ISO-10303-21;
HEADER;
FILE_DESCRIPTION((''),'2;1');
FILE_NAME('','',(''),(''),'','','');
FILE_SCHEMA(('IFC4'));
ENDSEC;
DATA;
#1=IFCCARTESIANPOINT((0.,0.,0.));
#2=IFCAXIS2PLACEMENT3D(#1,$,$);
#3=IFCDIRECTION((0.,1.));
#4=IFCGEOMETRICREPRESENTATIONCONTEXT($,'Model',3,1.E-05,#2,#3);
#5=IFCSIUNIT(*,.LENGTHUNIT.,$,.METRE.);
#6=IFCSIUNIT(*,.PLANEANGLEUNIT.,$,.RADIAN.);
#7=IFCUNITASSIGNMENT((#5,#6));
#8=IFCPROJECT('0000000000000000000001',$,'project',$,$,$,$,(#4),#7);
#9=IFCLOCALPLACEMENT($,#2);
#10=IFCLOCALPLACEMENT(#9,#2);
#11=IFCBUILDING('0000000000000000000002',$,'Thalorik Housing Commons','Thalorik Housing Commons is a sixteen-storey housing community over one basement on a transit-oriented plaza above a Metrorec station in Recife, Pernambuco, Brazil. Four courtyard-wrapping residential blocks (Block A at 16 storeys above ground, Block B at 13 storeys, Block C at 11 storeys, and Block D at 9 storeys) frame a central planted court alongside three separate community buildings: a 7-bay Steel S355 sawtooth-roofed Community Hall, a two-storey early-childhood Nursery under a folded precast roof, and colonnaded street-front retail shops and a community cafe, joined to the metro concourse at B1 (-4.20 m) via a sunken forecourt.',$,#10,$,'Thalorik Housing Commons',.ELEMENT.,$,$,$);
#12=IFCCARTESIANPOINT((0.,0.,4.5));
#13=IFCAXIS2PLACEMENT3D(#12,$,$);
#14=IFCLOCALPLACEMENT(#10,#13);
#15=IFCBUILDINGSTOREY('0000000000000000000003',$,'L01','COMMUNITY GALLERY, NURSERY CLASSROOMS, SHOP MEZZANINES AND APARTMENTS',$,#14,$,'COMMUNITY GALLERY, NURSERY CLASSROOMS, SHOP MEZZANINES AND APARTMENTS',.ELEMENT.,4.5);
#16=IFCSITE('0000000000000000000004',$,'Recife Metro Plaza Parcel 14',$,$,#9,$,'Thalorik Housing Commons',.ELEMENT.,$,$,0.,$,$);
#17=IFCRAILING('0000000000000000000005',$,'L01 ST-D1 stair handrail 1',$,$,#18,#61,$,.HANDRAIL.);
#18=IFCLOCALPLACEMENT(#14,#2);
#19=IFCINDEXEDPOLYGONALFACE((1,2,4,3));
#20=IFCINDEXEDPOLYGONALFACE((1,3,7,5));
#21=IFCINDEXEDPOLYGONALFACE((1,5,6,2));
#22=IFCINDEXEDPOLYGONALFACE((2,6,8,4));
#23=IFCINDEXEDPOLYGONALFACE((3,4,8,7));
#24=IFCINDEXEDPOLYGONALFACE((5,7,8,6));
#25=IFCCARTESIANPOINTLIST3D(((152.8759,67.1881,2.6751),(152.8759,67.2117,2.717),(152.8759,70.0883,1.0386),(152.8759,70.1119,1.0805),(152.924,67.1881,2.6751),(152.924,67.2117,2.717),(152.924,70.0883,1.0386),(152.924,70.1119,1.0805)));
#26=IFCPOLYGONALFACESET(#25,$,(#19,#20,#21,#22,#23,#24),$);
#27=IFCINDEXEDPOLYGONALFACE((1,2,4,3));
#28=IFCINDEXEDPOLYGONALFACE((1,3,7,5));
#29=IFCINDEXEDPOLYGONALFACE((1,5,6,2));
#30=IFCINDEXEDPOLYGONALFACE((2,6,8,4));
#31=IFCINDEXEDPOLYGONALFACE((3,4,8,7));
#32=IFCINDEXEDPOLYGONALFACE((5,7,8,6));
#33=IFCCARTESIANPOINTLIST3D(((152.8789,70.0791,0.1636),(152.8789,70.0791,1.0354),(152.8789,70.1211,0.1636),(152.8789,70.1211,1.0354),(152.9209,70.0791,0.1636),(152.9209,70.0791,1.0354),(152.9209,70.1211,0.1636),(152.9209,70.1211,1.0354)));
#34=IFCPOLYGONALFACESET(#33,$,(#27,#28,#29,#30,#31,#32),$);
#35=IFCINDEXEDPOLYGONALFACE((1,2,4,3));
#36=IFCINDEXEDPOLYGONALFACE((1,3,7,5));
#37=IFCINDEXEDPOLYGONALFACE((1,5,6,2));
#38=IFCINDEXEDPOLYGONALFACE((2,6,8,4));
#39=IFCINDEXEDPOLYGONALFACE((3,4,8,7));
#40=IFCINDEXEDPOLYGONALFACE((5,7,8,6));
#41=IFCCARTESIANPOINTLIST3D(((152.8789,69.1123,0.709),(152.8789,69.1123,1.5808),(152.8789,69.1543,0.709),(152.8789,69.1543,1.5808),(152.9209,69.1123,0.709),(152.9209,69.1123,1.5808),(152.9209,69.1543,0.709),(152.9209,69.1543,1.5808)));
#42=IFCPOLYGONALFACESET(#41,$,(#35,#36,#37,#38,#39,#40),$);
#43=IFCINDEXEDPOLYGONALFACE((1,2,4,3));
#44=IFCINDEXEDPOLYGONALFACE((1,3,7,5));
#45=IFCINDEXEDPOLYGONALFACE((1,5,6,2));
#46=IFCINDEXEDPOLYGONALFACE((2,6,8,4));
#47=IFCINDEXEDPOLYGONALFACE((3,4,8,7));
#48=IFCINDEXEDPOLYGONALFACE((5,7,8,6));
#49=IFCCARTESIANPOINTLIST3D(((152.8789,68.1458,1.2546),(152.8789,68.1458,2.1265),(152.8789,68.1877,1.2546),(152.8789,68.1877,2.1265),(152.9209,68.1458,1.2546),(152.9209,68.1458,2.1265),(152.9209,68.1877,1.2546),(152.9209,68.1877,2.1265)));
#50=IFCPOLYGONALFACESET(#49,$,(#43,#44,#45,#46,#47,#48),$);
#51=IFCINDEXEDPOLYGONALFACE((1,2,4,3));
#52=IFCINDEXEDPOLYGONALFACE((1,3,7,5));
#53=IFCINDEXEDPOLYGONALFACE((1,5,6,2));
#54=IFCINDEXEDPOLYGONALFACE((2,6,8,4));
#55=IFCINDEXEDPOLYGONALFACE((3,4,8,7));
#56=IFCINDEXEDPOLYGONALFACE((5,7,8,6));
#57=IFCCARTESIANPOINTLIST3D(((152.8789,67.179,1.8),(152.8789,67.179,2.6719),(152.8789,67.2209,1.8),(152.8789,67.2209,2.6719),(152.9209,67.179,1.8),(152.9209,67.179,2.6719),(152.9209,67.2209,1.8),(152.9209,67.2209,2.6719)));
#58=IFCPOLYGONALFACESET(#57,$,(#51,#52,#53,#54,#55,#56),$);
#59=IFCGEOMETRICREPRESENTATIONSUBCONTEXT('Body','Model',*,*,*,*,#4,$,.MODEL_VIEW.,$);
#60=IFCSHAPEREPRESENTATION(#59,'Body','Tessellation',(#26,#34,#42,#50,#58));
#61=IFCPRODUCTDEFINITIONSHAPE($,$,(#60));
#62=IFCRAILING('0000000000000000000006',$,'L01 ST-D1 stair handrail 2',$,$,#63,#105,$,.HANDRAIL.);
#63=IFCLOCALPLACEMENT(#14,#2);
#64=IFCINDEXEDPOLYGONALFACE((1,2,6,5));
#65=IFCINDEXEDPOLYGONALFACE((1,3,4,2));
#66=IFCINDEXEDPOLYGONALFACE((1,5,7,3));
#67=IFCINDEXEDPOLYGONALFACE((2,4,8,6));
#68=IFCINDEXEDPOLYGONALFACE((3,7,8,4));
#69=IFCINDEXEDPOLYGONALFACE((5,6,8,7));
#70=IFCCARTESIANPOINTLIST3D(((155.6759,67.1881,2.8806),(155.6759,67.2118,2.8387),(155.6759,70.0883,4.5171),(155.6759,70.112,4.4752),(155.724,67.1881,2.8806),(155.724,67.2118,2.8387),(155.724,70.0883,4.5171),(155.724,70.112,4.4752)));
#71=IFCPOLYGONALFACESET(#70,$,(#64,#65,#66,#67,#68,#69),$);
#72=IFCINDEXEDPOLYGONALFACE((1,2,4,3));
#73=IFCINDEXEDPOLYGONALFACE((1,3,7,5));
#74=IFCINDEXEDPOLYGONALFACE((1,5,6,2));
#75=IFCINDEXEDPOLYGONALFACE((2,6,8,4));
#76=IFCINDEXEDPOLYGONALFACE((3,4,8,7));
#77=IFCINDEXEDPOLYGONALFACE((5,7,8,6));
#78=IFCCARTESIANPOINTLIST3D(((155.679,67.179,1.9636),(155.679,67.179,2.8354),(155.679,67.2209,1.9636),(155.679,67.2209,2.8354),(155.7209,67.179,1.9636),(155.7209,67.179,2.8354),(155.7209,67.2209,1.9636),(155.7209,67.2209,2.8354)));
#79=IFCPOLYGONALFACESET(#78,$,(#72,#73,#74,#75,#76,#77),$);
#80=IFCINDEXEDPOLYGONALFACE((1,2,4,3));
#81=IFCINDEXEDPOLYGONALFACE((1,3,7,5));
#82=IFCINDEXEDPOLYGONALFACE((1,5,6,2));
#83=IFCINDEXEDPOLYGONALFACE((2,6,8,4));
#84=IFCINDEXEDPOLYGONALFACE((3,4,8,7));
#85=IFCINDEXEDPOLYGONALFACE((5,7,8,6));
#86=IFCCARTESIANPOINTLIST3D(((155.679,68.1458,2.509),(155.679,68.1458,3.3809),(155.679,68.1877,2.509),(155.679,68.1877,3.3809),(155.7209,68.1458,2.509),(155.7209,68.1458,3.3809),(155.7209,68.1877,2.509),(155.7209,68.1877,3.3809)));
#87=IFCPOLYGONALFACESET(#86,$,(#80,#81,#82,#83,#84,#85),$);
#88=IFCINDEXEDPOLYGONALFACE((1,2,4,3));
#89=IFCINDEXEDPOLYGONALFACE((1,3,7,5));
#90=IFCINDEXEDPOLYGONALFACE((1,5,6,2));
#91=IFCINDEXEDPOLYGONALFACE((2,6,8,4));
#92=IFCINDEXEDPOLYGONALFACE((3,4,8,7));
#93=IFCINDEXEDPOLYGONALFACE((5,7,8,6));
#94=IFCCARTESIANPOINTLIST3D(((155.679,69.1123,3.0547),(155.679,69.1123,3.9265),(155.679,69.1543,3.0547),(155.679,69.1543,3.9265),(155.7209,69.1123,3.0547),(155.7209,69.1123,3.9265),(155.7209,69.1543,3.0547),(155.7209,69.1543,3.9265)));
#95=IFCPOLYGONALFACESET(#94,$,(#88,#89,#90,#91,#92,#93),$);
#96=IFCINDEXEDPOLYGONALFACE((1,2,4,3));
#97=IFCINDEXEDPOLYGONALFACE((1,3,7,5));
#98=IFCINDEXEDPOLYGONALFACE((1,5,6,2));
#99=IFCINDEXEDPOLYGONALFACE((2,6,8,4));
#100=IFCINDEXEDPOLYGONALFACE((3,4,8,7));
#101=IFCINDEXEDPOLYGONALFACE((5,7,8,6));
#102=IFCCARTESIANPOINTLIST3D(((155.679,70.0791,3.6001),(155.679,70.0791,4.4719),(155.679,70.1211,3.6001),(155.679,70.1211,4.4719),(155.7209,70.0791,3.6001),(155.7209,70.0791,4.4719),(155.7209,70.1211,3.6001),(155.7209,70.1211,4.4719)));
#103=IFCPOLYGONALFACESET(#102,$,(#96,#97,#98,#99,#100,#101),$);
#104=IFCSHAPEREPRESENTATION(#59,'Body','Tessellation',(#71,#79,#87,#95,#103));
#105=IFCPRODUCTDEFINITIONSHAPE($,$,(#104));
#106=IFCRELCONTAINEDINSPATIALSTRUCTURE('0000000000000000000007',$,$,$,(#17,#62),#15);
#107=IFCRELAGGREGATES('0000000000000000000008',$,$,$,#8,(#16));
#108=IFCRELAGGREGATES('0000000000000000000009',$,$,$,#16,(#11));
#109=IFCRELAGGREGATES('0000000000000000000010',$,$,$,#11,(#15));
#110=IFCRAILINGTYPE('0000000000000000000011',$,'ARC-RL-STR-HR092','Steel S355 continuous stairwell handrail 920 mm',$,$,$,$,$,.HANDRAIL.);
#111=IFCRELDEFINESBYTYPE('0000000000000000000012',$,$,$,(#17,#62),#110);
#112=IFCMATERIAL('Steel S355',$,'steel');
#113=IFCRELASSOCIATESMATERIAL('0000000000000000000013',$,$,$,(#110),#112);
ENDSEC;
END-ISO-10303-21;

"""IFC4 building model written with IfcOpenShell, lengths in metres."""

from ifc_helpers import new_model, si_unit, direction, frame, origin, origin_2d, place, context, subcontext, project, spatial, rectangle, extrude, material, type_object, element, save


model = new_model("IFC4")

# Units and contexts
model_context = context("Model", 3, precision=1e-05, world=origin(), true_north=direction((0.0, 1.0)))
body_context = subcontext(model_context, "Body", "Model", "MODEL_VIEW")
ifc_project = project(units=[si_unit("LENGTHUNIT", "METRE"), si_unit("PLANEANGLEUNIT", "RADIAN")], contexts=[model_context])

# Site, building, storey
site_placement = place(None, origin())
site = spatial("IfcSite", under=ifc_project, at=site_placement, Name="Recife Metro Plaza Parcel 14", LongName="Thalorik Housing Commons", CompositionType="ELEMENT", RefElevation=0.0)
building_placement = place(site_placement, origin())
building = spatial("IfcBuilding", under=site, at=building_placement, Name="Thalorik Housing Commons", Description="Thalorik Housing Commons is a sixteen-storey housing community over one basement on a transit-oriented plaza above a Metrorec station in Recife, Pernambuco, Brazil. Four courtyard-wrapping residential blocks (Block A at 16 storeys above ground, Block B at 13 storeys, Block C at 11 storeys, and Block D at 9 storeys) frame a central planted court alongside three separate community buildings: a 7-bay Steel S355 sawtooth-roofed Community Hall, a two-storey early-childhood Nursery under a folded precast roof, and colonnaded street-front retail shops and a community cafe, joined to the metro concourse at B1 (-4.20 m) via a sunken forecourt.", LongName="Thalorik Housing Commons", CompositionType="ELEMENT")
storey_placement = place(building_placement, frame((0.0, 0.0, 4.5)))
storey = spatial("IfcBuildingStorey", under=building, at=storey_placement, Name="L01", Description="COMMUNITY GALLERY, NURSERY CLASSROOMS, SHOP MEZZANINES AND APARTMENTS", LongName="COMMUNITY GALLERY, NURSERY CLASSROOMS, SHOP MEZZANINES AND APARTMENTS", CompositionType="ELEMENT", Elevation=4.5)

# Shared definitions
ifc_material_1 = material(Name="Steel S355", Category="steel")

# Railings
railing_type_1 = type_object("IfcRailingType", Name="ARC-RL-STR-HR092", Description="Steel S355 continuous stairwell handrail 920 mm", PredefinedType="HANDRAIL", material=ifc_material_1)
railing_1_placement = place(storey_placement, frame((152.8999, 70.1001, 0.1636)))
element("IfcRailing", 1, at=railing_1_placement, inside=storey, type_object=railing_type_1, Name="L01 ST-D1 stair handrail 1", PredefinedType="HANDRAIL", context=body_context, shape_type="SweptSolid", body=[
    extrude(rectangle(XDim=0.0481, YDim=0.0481, at=origin_2d()), frame((0.0, 0.0, 0.896), z_axis=(0.0, -0.870915, 0.491434), x_axis=(1.0, 0.0, 0.0)), (0.0, 0.0, 1.0), 3.3301),
    extrude(rectangle(XDim=0.042, YDim=0.042, at=origin_2d()), origin(), (0.0, 0.0, 1.0), 0.8718),
    extrude(rectangle(XDim=0.042, YDim=0.042, at=origin_2d()), frame((0.0, -0.9668, 0.5454)), (0.0, 0.0, 1.0), 0.8718),
    extrude(rectangle(XDim=0.042, YDim=0.042, at=origin_2d()), frame((0.0, -1.9333, 1.0911)), (0.0, 0.0, 1.0), 0.8718),
    extrude(rectangle(XDim=0.042, YDim=0.042, at=origin_2d()), frame((0.0, -2.9001, 1.6365)), (0.0, 0.0, 1.0), 0.8718),
])
railing_2_placement = place(storey_placement, frame((155.7, 67.2, 1.9636)))
element("IfcRailing", 2, at=railing_2_placement, inside=storey, type_object=railing_type_1, Name="L01 ST-D1 stair handrail 2", PredefinedType="HANDRAIL", context=body_context, shape_type="SweptSolid", body=[
    extrude(rectangle(XDim=0.0481, YDim=0.0481, at=origin_2d()), frame((0.0, 0.0, 0.896), z_axis=(0.0, 0.870915, 0.491434), x_axis=(-1.0, 0.0, 0.0)), (0.0, 0.0, 1.0), 3.3301),
    extrude(rectangle(XDim=0.042, YDim=0.042, at=origin_2d()), origin(), (0.0, 0.0, 1.0), 0.8718),
    extrude(rectangle(XDim=0.042, YDim=0.042, at=origin_2d()), frame((0.0, 0.9668, 0.5454)), (0.0, 0.0, 1.0), 0.8718),
    extrude(rectangle(XDim=0.042, YDim=0.042, at=origin_2d()), frame((0.0, 1.9333, 1.0911)), (0.0, 0.0, 1.0), 0.8718),
    extrude(rectangle(XDim=0.042, YDim=0.042, at=origin_2d()), frame((0.0, 2.9001, 1.6365)), (0.0, 0.0, 1.0), 0.8718),
])

save(model, "model.ifc")
